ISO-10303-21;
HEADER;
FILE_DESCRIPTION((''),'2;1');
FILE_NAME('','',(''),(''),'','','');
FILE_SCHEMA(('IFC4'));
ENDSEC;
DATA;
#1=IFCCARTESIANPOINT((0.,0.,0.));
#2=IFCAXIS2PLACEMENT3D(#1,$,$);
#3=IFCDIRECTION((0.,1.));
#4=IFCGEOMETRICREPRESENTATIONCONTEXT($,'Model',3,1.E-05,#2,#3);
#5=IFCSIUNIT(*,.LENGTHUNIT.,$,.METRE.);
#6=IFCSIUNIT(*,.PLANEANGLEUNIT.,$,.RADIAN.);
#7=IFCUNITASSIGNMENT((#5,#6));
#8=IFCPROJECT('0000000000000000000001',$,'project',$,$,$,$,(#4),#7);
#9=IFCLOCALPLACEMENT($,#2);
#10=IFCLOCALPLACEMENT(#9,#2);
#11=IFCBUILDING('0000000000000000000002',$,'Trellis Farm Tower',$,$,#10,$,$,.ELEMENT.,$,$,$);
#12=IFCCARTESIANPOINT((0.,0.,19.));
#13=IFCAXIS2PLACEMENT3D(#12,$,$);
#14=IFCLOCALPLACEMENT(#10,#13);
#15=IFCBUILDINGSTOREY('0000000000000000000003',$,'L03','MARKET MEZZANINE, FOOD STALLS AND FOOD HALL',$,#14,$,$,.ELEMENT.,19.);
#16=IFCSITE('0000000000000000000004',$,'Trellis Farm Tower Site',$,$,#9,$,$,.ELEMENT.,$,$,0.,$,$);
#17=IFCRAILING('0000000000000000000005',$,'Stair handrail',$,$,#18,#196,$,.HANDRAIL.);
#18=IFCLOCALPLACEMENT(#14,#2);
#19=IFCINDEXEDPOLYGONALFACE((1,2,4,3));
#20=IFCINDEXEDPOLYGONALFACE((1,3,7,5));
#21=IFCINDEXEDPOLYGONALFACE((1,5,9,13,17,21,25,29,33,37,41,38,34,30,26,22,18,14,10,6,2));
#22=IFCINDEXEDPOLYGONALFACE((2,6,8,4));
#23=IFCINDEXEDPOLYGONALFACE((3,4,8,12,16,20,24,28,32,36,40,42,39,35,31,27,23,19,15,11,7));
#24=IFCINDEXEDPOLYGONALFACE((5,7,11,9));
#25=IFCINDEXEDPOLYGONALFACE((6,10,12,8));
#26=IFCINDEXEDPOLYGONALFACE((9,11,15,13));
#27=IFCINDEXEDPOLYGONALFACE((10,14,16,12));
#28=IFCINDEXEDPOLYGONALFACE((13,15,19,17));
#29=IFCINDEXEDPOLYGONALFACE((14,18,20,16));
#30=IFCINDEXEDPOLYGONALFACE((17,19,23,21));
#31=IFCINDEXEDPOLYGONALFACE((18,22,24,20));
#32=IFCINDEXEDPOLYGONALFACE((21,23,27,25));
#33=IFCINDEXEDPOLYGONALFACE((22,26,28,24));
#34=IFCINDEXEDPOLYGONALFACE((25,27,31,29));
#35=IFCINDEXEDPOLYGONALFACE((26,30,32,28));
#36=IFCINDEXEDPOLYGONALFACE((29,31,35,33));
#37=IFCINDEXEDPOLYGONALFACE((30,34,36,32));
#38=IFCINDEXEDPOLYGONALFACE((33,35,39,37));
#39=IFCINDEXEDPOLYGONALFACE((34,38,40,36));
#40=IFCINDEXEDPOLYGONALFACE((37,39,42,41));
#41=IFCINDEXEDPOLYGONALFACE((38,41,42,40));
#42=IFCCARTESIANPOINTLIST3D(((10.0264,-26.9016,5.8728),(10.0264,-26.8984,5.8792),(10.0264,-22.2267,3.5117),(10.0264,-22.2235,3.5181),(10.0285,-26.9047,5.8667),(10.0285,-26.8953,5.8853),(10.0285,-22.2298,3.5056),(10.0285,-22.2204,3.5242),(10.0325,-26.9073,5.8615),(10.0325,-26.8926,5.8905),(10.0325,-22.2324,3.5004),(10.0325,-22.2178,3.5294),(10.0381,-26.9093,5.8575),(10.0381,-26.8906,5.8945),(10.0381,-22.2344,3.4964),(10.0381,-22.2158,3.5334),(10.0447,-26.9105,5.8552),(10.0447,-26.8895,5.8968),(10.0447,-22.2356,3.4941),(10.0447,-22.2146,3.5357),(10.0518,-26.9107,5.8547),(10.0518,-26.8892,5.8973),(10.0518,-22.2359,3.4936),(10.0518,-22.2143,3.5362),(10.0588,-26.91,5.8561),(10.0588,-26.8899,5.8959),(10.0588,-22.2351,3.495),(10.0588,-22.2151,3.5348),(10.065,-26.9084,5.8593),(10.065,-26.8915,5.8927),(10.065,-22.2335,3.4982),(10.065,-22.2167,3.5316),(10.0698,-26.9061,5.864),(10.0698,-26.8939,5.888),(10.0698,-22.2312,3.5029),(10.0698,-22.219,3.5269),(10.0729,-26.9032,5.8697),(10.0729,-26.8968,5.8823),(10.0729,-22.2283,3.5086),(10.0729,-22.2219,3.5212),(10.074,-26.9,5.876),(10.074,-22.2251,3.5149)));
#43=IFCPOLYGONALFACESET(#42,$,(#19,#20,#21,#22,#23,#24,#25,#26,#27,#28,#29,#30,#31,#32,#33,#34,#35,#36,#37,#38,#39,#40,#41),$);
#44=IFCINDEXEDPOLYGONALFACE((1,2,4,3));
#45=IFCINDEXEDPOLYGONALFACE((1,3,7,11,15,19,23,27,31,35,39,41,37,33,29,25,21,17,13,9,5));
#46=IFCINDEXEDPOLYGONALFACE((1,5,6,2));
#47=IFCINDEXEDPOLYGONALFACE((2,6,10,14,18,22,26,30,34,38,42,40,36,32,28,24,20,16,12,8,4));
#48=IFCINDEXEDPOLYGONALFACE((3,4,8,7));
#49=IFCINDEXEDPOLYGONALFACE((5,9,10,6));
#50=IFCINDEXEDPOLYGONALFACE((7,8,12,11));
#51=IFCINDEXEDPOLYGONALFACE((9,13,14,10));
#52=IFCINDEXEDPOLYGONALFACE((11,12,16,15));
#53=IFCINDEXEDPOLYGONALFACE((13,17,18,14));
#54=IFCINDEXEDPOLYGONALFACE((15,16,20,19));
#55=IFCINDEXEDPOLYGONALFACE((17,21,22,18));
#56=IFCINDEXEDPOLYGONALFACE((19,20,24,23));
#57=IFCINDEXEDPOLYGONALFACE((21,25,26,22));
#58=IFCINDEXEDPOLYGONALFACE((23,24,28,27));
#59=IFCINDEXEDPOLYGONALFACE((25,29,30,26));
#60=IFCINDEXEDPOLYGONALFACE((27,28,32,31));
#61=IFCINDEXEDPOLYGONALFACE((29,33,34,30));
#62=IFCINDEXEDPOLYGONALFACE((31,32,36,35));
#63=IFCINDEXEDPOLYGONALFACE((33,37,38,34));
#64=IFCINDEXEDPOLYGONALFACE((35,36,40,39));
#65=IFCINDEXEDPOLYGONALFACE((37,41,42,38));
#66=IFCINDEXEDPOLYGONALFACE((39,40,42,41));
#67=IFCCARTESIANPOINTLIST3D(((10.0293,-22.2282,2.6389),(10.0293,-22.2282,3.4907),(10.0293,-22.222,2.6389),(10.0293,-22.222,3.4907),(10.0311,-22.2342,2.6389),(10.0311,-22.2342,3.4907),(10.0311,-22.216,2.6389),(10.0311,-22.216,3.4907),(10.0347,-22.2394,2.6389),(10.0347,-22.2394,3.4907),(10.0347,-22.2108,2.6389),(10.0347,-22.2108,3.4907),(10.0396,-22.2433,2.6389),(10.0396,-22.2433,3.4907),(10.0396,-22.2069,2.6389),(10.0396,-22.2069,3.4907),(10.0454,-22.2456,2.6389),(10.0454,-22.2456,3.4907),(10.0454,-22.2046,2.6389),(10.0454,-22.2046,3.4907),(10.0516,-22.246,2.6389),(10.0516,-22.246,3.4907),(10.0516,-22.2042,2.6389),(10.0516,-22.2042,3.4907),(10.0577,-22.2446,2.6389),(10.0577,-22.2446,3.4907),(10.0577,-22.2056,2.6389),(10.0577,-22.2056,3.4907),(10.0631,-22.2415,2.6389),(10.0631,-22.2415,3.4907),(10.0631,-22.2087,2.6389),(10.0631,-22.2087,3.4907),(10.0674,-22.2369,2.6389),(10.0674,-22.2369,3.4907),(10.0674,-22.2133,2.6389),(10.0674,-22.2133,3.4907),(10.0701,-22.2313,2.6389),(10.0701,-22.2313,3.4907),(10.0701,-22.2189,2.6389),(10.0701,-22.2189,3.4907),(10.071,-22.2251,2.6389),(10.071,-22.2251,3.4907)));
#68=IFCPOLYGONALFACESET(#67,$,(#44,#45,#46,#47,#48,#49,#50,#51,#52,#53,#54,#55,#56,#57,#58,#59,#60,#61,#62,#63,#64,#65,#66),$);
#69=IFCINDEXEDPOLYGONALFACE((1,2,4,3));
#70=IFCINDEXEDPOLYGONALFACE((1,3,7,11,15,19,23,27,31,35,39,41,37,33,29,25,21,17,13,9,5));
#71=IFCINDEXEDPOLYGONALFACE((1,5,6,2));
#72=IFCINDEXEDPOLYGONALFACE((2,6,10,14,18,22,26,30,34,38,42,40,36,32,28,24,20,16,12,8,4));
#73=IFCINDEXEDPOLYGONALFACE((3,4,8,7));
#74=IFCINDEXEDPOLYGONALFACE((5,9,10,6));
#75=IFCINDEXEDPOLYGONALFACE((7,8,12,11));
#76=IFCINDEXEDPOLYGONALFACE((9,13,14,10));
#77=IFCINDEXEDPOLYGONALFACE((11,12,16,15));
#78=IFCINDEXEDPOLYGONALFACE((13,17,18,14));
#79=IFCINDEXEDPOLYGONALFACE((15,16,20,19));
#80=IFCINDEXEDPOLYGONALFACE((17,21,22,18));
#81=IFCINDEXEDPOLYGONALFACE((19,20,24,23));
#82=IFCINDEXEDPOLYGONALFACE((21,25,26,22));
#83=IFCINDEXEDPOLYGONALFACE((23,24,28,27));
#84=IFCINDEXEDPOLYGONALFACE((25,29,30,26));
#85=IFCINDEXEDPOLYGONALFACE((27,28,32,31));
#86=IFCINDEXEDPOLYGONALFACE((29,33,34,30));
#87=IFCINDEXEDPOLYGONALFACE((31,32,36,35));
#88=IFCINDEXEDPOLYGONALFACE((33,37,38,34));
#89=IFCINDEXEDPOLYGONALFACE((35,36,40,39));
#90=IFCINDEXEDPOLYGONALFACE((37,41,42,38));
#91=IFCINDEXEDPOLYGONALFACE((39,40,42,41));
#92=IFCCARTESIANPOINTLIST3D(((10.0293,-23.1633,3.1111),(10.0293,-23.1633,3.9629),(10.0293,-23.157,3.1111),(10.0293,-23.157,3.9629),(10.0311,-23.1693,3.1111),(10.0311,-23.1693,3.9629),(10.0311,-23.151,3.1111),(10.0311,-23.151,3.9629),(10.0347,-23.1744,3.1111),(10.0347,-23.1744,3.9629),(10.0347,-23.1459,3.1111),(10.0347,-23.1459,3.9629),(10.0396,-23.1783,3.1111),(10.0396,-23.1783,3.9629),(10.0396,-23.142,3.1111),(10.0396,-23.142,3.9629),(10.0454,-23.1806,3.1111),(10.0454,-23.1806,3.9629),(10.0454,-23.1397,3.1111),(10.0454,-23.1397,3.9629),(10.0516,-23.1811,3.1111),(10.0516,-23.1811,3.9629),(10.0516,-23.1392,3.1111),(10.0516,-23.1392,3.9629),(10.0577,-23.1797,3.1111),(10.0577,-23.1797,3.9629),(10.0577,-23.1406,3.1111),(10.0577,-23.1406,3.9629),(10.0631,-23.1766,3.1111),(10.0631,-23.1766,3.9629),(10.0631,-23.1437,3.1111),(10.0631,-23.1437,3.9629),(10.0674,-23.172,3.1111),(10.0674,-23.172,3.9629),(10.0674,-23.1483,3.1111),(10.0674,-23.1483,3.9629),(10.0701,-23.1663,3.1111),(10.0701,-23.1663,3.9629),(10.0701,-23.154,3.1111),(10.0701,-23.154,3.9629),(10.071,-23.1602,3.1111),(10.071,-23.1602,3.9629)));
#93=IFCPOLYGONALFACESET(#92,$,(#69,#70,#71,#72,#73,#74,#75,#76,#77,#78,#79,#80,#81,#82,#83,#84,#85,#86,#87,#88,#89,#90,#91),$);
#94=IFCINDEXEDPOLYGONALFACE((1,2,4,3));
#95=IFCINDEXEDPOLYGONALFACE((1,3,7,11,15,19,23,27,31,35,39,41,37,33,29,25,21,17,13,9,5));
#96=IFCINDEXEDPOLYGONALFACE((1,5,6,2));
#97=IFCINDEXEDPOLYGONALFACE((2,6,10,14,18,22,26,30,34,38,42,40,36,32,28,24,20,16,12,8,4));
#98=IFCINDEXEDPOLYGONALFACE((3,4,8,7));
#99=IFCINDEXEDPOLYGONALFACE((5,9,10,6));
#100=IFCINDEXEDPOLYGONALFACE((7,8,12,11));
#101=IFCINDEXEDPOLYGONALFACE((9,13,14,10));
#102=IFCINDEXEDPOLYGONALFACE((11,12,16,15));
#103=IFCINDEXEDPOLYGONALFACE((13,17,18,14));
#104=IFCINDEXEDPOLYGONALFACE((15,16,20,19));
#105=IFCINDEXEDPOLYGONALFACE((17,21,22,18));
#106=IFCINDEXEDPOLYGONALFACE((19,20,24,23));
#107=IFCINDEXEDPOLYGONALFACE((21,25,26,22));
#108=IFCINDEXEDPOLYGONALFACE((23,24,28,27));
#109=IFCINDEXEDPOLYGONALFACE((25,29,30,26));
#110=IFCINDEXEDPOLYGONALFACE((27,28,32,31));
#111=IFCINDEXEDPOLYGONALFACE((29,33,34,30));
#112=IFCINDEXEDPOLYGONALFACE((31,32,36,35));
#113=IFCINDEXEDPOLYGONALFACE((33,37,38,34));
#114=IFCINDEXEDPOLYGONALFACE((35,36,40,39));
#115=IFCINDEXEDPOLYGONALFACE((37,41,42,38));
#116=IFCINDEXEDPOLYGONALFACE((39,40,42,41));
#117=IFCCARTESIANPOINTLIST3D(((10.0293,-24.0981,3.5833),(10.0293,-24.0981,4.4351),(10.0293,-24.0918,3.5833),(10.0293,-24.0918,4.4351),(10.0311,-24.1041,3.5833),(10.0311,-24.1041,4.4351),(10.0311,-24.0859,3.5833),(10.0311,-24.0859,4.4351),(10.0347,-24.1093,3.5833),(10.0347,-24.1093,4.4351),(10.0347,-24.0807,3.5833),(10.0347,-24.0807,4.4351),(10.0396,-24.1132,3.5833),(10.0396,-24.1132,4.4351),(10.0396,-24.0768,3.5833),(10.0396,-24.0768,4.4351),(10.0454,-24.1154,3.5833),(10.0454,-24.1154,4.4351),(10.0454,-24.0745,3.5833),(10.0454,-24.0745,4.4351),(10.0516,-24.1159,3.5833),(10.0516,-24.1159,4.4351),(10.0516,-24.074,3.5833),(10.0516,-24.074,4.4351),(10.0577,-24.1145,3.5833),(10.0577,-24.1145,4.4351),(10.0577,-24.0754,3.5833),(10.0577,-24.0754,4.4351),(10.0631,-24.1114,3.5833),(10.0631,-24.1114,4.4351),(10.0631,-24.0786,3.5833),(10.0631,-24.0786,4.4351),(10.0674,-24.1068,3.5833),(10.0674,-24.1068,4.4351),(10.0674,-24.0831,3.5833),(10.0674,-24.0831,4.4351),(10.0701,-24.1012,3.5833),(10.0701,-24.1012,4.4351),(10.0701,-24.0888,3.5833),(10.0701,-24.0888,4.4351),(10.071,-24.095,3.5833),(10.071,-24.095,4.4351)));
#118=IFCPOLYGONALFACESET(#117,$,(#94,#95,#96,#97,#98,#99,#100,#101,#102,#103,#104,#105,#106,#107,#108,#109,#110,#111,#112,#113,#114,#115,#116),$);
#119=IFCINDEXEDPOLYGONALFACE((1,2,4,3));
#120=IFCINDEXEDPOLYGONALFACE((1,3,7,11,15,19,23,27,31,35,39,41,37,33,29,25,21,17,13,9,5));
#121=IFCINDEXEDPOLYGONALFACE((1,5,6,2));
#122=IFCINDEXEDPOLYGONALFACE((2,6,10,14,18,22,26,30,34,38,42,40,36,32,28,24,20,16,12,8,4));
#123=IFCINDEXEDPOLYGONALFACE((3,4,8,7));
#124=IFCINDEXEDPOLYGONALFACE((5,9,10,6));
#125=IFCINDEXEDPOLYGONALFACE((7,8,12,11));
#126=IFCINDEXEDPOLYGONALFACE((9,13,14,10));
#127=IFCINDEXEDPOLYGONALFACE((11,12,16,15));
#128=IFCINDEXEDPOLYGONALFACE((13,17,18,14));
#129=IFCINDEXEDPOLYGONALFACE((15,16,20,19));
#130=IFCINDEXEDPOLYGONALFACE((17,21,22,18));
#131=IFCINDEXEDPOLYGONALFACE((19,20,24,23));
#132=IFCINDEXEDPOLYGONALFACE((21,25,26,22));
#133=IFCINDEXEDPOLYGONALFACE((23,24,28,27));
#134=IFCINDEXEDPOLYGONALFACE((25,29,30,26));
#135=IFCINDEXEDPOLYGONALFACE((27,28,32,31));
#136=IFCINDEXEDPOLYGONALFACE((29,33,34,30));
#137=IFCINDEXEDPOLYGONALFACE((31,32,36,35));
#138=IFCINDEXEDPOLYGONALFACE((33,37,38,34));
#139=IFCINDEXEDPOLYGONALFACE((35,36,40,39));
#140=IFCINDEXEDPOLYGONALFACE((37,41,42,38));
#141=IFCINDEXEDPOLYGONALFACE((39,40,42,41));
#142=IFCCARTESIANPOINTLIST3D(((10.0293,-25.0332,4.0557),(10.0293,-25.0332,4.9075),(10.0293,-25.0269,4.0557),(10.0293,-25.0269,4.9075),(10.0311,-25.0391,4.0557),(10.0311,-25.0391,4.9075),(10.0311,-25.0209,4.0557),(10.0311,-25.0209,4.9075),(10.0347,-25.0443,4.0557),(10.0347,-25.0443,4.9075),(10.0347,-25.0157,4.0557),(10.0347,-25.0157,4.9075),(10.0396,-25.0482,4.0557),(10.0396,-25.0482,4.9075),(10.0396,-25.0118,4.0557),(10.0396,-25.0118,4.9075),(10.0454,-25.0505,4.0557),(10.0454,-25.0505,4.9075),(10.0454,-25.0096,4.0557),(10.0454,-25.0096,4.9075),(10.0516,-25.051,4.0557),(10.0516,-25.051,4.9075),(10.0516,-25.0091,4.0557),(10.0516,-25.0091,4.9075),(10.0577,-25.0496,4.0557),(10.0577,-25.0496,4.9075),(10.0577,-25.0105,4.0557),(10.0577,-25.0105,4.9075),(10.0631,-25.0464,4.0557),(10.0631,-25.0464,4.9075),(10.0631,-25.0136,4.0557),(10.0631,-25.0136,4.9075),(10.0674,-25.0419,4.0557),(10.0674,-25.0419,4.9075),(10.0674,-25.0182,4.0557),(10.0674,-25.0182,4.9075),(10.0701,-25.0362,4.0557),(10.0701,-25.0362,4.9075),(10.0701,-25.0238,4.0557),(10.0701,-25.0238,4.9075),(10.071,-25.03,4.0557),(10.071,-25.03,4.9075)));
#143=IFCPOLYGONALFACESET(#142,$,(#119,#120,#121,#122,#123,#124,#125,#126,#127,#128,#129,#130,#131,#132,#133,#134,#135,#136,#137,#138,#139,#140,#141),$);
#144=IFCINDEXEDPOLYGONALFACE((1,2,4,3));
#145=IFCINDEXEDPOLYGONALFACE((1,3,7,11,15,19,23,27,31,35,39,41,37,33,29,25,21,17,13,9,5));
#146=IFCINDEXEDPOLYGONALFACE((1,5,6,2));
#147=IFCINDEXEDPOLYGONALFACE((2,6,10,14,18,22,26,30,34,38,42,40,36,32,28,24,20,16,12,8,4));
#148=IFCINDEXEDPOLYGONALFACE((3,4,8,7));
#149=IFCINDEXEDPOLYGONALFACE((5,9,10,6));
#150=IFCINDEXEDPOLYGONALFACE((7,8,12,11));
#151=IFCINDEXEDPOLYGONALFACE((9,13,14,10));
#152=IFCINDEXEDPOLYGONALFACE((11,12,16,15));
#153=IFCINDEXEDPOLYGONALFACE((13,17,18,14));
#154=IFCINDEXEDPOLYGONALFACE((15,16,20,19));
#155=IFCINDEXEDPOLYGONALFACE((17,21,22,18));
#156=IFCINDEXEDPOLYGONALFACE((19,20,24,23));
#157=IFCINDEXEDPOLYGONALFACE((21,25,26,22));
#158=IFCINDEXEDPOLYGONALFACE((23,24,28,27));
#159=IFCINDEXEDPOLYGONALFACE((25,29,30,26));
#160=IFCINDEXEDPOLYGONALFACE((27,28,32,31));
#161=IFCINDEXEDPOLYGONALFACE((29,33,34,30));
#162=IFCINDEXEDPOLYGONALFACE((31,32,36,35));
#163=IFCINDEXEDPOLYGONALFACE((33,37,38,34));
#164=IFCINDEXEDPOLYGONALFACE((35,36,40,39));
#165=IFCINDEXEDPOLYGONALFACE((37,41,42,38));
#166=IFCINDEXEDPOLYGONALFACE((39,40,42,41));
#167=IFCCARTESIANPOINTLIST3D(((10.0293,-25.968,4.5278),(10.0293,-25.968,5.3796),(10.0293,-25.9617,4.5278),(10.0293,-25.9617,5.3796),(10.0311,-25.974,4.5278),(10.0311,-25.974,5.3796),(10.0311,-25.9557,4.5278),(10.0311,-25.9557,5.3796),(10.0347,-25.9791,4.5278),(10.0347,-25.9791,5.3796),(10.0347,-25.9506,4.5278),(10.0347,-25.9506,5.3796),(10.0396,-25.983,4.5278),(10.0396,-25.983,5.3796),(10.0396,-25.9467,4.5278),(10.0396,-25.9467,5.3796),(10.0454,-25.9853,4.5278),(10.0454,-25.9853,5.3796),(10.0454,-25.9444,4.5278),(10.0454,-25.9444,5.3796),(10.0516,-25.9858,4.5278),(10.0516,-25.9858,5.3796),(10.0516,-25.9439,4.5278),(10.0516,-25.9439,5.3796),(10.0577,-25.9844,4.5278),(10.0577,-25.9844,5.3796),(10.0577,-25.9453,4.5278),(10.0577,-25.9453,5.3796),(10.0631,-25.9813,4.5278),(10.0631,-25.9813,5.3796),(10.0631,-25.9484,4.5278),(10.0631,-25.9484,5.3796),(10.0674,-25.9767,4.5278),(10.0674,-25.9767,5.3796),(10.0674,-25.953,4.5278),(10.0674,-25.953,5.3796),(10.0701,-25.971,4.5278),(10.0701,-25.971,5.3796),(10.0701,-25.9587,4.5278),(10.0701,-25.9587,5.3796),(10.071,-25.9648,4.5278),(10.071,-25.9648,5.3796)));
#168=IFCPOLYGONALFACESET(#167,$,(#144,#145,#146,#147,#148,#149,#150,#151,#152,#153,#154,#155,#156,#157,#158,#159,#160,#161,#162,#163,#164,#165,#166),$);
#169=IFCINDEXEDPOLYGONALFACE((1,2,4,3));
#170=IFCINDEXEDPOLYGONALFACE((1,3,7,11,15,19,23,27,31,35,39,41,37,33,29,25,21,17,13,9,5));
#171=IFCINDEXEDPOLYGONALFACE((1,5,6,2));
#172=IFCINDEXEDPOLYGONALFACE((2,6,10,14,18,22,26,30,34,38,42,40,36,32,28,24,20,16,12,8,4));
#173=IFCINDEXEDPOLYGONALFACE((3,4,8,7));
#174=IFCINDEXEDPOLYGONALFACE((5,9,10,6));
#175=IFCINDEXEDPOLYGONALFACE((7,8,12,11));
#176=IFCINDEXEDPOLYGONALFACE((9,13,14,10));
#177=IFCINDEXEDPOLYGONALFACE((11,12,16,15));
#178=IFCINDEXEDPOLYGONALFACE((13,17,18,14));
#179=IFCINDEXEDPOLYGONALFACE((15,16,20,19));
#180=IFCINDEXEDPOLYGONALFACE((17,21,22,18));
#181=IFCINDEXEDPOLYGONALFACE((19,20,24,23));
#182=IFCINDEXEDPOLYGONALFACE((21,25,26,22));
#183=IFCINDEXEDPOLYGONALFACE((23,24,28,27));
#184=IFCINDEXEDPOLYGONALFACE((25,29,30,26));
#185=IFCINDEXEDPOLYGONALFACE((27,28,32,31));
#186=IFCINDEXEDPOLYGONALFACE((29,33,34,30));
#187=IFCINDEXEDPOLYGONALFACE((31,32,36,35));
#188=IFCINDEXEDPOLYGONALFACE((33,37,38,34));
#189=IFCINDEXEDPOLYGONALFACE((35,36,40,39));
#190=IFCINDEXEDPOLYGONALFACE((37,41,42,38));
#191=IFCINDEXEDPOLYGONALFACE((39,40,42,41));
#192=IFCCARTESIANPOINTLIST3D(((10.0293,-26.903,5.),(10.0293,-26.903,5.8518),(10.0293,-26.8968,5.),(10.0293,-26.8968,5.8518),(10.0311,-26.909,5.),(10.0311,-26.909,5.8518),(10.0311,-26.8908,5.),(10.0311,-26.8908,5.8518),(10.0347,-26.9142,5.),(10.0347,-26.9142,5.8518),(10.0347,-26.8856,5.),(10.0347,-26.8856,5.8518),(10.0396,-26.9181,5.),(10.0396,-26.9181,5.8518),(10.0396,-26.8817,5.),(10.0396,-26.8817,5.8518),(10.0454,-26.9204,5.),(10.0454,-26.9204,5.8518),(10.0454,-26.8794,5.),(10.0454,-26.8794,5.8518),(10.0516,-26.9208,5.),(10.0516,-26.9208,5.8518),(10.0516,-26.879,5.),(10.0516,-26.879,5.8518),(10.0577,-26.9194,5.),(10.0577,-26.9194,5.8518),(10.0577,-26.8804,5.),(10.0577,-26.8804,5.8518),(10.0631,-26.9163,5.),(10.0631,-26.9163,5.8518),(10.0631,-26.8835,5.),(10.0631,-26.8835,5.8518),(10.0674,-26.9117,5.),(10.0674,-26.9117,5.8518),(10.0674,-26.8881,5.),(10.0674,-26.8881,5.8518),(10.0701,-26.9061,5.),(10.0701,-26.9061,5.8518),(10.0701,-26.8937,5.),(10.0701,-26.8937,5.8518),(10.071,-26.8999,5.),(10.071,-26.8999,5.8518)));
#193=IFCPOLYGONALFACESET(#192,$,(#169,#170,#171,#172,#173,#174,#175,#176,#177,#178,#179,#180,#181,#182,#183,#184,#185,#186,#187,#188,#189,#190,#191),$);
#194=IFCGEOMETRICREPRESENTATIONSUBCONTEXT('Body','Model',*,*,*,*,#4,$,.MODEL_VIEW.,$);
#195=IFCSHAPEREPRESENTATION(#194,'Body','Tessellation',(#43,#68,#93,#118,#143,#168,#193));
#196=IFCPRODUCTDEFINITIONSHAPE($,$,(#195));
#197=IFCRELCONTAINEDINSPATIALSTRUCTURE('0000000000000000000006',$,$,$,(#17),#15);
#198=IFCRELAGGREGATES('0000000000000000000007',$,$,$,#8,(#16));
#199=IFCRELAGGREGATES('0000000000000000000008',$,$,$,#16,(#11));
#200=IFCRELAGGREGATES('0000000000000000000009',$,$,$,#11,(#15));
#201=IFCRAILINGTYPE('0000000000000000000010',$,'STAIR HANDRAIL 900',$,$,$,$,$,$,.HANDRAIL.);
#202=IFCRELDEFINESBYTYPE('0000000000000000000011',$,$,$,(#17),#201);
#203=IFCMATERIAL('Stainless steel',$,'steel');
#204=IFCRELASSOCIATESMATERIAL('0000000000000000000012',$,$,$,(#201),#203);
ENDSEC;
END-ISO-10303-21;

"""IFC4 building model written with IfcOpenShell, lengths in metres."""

from ifc_helpers import new_model, si_unit, direction, frame, origin, origin_2d, place, context, subcontext, project, spatial, circle, extrude, source, transform, mapped, material, type_object, element, save


model = new_model("IFC4")

# Units and contexts
model_context = context("Model", 3, precision=1e-05, world=origin(), true_north=direction((0.0, 1.0)))
body_context = subcontext(model_context, "Body", "Model", "MODEL_VIEW")
ifc_project = project(units=[si_unit("LENGTHUNIT", "METRE"), si_unit("PLANEANGLEUNIT", "RADIAN")], contexts=[model_context])

# Site, building, storey
site_placement = place(None, origin())
site = spatial("IfcSite", under=ifc_project, at=site_placement, Name="Trellis Farm Tower Site", CompositionType="ELEMENT", RefElevation=0.0)
building_placement = place(site_placement, origin())
building = spatial("IfcBuilding", under=site, at=building_placement, Name="Trellis Farm Tower", CompositionType="ELEMENT")
storey_placement = place(building_placement, frame((0.0, 0.0, 19.0)))
storey = spatial("IfcBuildingStorey", under=building, at=storey_placement, Name="L03", Description="MARKET MEZZANINE, FOOD STALLS AND FOOD HALL", CompositionType="ELEMENT", Elevation=19.0)

# Railing
ifc_material_1 = material(Name="Stainless steel", Category="steel")
railing_type = type_object("IfcRailingType", Name="STAIR HANDRAIL 900", PredefinedType="HANDRAIL", material=ifc_material_1)
shared_shape_1 = source(origin(), body_context, "Body", "SweptSolid", [
    extrude(circle(Radius=0.0239, at=origin_2d()), frame((0.0, 0.0, 0.876), z_axis=(0.0, -0.892611, 0.450827), x_axis=(1.0, 0.0, 0.0)), (0.0, 0.0, 1.0), 5.2373),
    extrude(circle(Radius=0.021, at=origin_2d()), origin(), (0.0, 0.0, 1.0), 0.8518),
    extrude(circle(Radius=0.021, at=origin_2d()), frame((0.0, -0.9351, 0.4722)), (0.0, 0.0, 1.0), 0.8518),
    extrude(circle(Radius=0.021, at=origin_2d()), frame((0.0, -1.8699, 0.9443)), (0.0, 0.0, 1.0), 0.8518),
    extrude(circle(Radius=0.021, at=origin_2d()), frame((0.0, -2.8049, 1.4167)), (0.0, 0.0, 1.0), 0.8518),
    extrude(circle(Radius=0.021, at=origin_2d()), frame((0.0, -3.7397, 1.8889)), (0.0, 0.0, 1.0), 0.8518),
    extrude(circle(Radius=0.021, at=origin_2d()), frame((0.0, -4.6748, 2.3611)), (0.0, 0.0, 1.0), 0.8518),
])
railing_placement = place(storey_placement, frame((10.05, -22.2251, 2.6389)))
element("IfcRailing", 1, at=railing_placement, inside=storey, type_object=railing_type, Name="Stair handrail", PredefinedType="HANDRAIL", context=body_context, shape_type="MappedRepresentation", body=[
    mapped(shared_shape_1, transform((0.0, 0.0, 0.0))),
])

save(model, "model.ifc")
